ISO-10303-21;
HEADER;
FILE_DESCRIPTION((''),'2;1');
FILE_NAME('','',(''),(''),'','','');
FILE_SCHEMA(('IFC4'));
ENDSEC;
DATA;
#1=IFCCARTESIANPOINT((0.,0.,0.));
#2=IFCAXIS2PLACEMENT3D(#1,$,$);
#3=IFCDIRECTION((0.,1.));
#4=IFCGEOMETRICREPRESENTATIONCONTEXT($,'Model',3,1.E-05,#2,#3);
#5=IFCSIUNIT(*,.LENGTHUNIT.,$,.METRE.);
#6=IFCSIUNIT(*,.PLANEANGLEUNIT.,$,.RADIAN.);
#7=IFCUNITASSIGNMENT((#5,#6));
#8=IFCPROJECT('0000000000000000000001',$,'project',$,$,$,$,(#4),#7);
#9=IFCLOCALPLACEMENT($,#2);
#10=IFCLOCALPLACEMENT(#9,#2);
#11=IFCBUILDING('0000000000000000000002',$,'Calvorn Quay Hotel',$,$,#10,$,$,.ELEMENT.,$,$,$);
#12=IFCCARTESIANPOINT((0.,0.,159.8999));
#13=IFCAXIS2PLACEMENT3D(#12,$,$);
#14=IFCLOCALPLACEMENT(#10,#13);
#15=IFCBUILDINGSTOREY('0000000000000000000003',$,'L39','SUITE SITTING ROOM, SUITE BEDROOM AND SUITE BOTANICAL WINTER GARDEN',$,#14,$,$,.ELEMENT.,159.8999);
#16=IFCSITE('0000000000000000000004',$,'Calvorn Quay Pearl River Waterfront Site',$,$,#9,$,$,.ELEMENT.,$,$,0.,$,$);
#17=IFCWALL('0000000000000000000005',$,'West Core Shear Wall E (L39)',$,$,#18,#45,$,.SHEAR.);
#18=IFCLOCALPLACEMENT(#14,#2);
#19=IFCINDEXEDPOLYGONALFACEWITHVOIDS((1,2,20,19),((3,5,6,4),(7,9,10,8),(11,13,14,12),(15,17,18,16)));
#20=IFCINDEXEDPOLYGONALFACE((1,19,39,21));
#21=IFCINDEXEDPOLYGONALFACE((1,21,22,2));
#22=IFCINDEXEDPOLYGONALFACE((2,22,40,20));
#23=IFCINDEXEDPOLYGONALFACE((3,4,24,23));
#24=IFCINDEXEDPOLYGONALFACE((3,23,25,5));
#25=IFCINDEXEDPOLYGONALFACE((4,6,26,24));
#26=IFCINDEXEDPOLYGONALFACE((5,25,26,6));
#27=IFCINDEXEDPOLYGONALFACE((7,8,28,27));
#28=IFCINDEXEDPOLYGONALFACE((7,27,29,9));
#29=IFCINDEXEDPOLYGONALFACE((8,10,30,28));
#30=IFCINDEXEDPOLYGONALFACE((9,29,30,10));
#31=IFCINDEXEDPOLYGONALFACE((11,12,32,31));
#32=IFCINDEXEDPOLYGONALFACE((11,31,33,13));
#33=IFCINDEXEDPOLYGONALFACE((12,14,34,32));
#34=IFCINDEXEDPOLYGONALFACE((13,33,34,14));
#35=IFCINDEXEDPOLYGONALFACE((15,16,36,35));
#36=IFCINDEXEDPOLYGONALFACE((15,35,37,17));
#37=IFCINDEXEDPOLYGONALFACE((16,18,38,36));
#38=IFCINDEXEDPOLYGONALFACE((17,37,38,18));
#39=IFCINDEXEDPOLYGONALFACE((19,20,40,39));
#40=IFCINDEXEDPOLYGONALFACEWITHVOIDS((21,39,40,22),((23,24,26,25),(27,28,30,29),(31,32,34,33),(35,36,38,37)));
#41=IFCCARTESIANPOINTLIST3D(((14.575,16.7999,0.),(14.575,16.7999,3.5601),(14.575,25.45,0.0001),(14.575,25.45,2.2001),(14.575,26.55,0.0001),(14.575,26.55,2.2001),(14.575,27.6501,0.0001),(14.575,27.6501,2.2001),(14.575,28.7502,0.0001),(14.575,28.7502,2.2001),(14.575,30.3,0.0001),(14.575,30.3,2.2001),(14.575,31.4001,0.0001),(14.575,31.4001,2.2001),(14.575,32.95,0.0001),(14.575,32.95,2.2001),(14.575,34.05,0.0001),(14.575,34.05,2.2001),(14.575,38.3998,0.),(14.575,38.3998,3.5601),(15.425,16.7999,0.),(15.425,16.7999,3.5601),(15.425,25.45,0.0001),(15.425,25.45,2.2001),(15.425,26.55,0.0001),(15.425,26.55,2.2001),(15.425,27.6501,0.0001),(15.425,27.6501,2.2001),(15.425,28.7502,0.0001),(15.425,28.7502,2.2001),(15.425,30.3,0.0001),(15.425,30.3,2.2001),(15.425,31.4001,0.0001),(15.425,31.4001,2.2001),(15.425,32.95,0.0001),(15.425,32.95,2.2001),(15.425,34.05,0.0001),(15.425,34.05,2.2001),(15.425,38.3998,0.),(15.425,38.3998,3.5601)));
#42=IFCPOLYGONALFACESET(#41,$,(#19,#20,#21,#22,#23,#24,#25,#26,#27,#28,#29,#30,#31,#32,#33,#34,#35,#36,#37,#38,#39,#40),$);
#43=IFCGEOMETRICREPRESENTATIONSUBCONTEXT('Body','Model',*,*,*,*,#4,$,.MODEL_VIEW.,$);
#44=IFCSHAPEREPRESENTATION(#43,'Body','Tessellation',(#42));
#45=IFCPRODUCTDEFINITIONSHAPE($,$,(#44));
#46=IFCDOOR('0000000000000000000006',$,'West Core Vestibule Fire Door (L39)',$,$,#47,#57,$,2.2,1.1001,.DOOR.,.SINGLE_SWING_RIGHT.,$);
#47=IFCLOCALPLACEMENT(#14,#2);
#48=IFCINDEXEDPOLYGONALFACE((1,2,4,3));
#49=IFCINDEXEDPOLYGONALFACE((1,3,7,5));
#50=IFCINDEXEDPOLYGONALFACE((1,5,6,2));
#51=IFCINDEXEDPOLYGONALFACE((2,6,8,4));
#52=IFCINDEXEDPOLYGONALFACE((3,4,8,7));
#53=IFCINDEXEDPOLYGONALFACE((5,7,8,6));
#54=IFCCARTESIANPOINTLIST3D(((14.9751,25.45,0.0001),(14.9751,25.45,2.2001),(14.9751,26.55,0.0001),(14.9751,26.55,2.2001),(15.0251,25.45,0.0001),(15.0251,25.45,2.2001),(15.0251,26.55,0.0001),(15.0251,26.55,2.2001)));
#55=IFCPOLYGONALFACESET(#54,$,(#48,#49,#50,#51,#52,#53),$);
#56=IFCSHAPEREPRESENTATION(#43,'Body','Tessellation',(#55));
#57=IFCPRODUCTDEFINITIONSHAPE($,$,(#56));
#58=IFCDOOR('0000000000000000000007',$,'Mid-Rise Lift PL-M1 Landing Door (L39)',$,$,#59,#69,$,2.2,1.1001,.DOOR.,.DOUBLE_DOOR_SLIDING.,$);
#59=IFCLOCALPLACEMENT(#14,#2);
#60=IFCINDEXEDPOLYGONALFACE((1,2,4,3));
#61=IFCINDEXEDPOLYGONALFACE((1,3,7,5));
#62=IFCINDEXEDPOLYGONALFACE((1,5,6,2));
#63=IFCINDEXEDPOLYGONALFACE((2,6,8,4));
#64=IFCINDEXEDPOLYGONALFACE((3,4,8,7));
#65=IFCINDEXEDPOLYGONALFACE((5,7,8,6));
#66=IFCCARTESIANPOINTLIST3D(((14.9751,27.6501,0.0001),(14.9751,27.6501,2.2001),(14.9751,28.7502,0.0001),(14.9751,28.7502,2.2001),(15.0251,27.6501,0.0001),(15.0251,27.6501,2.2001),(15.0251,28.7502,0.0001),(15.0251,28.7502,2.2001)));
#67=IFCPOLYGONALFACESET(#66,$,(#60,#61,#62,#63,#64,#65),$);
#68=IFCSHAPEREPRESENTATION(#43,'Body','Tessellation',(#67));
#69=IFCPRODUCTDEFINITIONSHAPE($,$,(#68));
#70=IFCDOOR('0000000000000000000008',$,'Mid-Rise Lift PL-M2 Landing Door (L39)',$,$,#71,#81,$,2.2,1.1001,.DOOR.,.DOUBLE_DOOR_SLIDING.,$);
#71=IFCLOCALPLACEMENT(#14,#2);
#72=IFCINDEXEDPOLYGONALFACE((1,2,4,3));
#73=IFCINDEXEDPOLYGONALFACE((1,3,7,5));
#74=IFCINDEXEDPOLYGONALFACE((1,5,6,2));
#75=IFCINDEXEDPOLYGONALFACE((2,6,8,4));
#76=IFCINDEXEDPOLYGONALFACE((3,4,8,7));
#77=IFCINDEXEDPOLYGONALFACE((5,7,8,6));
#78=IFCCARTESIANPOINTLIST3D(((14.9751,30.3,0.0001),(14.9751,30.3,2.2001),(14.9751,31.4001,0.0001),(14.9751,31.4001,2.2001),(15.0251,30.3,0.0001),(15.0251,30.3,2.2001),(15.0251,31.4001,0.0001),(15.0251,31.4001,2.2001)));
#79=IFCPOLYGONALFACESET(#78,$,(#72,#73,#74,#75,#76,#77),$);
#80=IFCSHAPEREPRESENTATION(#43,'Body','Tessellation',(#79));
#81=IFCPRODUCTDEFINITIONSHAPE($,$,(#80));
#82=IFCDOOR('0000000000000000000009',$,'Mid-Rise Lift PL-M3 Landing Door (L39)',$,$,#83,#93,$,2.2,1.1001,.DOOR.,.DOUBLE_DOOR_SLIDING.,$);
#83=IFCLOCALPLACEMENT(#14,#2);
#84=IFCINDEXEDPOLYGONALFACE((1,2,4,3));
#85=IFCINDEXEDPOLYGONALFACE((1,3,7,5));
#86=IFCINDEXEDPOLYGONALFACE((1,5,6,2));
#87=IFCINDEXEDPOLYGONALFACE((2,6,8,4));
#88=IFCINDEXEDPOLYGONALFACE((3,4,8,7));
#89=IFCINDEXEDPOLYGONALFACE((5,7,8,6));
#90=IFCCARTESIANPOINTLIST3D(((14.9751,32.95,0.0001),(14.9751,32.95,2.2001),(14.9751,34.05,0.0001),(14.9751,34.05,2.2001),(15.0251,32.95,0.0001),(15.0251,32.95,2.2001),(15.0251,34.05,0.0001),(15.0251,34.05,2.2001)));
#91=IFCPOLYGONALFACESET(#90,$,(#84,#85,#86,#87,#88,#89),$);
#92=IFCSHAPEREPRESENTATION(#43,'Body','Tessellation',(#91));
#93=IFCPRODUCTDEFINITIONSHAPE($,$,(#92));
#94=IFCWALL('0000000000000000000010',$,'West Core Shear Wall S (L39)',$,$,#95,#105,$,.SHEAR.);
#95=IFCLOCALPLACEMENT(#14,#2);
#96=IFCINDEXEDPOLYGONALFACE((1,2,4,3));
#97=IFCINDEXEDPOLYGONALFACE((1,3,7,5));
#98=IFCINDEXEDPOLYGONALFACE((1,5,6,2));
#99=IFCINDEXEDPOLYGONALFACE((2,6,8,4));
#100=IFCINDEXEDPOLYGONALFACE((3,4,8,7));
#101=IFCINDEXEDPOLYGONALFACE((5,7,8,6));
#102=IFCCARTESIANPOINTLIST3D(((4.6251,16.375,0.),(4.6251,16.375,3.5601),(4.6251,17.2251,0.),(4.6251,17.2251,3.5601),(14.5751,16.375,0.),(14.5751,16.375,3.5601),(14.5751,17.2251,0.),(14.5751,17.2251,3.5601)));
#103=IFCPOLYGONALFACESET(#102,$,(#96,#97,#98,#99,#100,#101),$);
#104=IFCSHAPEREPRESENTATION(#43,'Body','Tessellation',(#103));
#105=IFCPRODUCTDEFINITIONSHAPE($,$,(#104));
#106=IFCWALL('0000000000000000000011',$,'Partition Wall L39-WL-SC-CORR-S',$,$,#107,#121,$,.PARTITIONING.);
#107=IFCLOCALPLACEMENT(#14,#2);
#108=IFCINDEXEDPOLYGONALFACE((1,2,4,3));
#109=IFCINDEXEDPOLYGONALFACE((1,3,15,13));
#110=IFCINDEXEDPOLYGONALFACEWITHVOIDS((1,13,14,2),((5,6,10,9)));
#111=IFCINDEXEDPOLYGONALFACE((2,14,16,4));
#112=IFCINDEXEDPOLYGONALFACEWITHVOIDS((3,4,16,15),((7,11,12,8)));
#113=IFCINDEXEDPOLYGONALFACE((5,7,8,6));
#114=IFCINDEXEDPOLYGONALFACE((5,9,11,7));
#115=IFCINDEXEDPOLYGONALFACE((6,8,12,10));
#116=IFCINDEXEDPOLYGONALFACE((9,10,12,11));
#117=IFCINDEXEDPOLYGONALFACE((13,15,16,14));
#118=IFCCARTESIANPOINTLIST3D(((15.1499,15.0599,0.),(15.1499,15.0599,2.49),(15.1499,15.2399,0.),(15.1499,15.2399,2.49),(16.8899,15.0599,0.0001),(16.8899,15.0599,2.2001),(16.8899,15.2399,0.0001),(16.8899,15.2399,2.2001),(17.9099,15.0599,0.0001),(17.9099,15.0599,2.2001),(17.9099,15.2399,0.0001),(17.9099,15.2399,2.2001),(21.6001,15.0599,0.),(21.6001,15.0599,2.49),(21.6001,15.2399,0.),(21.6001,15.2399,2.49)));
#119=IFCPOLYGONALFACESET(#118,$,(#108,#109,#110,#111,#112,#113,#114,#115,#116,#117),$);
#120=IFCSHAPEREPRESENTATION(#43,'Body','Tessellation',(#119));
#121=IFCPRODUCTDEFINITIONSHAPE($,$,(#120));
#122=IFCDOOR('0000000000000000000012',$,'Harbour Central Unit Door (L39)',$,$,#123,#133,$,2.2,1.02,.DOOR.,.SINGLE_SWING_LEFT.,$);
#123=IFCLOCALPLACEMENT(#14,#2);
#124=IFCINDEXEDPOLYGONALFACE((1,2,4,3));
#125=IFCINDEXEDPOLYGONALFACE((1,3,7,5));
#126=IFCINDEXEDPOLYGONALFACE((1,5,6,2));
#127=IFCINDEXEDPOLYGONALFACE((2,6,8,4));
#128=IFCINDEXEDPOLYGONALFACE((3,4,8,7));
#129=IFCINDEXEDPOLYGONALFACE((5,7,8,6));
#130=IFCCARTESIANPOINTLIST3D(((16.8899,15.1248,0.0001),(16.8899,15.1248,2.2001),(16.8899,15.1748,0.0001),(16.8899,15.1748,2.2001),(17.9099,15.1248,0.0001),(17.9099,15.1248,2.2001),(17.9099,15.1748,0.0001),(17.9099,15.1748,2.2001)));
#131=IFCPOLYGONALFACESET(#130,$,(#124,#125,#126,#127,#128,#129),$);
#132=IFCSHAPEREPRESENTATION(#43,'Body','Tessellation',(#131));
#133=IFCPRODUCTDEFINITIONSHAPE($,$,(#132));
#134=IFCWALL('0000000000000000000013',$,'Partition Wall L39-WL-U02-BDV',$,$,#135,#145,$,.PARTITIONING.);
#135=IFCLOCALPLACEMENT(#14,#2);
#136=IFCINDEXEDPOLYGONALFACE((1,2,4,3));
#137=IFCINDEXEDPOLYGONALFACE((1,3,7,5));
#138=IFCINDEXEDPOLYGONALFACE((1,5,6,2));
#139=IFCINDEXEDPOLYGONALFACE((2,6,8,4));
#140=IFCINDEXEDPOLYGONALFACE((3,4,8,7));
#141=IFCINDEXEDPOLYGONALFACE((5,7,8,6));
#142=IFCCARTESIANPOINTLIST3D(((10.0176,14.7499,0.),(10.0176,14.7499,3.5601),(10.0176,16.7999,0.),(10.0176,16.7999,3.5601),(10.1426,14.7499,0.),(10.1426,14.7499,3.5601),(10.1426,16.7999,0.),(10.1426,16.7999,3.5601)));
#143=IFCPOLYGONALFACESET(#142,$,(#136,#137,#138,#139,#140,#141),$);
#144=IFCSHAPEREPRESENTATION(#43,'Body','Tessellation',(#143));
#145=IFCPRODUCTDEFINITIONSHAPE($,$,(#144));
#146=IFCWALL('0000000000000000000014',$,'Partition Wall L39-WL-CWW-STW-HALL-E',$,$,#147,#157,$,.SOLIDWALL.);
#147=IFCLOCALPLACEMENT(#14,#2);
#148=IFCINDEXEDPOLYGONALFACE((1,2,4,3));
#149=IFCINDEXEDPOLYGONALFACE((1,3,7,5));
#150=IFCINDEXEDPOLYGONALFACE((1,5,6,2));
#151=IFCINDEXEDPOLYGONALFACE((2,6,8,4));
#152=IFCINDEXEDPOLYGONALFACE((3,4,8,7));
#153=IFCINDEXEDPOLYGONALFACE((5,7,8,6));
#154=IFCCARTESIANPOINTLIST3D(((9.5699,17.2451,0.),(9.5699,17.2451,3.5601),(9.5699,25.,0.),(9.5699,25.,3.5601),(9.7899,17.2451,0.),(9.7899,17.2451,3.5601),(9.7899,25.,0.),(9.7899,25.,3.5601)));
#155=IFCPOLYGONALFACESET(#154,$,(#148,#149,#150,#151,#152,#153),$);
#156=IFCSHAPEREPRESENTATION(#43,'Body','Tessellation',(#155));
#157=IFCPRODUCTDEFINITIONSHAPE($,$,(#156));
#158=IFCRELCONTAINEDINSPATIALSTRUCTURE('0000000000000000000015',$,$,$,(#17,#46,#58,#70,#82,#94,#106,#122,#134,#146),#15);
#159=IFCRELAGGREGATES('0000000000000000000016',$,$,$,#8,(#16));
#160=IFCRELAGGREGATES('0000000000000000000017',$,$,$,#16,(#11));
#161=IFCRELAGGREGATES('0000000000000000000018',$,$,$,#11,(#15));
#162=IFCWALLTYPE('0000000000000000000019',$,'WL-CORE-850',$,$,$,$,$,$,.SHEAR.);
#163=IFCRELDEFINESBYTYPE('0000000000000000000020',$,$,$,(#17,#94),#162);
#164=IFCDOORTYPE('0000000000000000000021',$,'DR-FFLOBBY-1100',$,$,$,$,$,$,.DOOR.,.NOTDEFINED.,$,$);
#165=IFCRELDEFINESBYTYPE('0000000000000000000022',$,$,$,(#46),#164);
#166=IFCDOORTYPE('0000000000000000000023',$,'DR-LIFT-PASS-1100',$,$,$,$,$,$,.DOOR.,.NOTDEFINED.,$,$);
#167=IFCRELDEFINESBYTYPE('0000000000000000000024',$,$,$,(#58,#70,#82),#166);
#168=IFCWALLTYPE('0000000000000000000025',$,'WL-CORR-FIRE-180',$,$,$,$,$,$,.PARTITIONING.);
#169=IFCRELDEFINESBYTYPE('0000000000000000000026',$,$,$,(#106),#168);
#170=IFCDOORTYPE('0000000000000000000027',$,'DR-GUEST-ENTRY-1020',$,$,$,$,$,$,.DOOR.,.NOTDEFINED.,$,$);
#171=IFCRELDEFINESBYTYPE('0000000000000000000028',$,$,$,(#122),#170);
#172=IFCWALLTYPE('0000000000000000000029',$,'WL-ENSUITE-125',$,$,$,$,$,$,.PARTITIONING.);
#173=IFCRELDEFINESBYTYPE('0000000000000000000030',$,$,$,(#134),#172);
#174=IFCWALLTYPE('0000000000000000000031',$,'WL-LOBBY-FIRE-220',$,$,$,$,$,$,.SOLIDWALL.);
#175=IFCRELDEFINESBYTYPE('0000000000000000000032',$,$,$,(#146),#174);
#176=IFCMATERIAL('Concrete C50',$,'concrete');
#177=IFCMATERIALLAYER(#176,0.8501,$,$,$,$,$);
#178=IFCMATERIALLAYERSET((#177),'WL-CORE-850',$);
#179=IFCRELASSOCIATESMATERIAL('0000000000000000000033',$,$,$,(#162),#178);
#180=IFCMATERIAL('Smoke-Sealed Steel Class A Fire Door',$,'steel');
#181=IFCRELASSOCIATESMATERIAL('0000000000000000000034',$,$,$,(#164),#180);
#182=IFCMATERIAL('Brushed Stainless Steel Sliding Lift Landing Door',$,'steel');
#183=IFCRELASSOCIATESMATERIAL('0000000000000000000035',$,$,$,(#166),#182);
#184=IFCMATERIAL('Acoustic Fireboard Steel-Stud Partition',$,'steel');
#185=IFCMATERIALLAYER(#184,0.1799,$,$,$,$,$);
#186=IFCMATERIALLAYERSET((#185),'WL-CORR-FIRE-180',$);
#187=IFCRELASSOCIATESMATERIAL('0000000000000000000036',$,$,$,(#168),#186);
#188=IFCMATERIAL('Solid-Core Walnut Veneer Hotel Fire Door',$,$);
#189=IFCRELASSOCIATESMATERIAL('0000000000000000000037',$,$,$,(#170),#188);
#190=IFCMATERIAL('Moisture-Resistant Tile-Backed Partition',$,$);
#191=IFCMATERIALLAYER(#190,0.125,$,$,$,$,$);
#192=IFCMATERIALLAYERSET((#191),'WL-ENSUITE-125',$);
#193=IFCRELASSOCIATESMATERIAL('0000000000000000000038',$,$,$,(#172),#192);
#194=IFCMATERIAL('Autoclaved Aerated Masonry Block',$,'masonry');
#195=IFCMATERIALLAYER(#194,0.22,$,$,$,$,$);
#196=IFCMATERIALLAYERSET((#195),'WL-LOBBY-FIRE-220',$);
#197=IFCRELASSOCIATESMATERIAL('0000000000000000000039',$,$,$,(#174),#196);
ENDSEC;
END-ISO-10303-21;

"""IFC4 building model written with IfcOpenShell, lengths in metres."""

from ifc_helpers import new_model, si_unit, direction, frame, frame_2d, origin, place, context, subcontext, project, spatial, rectangle, extrude, material, layer, layer_set, type_object, element, fill, save


model = new_model("IFC4")

# Units and contexts
model_context = context("Model", 3, precision=1e-05, world=origin(), true_north=direction((0.0, 1.0)))
body_context = subcontext(model_context, "Body", "Model", "MODEL_VIEW")
ifc_project = project(units=[si_unit("LENGTHUNIT", "METRE"), si_unit("PLANEANGLEUNIT", "RADIAN")], contexts=[model_context])

# Site, building, storey
site_placement = place(None, origin())
site = spatial("IfcSite", under=ifc_project, at=site_placement, Name="Calvorn Quay Pearl River Waterfront Site", CompositionType="ELEMENT", RefElevation=0.0)
building_placement = place(site_placement, origin())
building = spatial("IfcBuilding", under=site, at=building_placement, Name="Calvorn Quay Hotel", CompositionType="ELEMENT")
storey_placement = place(building_placement, frame((0.0, 0.0, 159.8999)))
storey = spatial("IfcBuildingStorey", under=building, at=storey_placement, Name="L39", Description="SUITE SITTING ROOM, SUITE BEDROOM AND SUITE BOTANICAL WINTER GARDEN", CompositionType="ELEMENT", Elevation=159.8999)

# Wall, openings, doors
ifc_material_1 = material(Name="Concrete C50", Category="concrete")
ifc_layer_1 = layer(ifc_material_1, 0.8501)
ifc_layer_set_1 = layer_set([ifc_layer_1], Name="WL-CORE-850")
wall_type_1 = type_object("IfcWallType", Name="WL-CORE-850", PredefinedType="SHEAR", material=ifc_layer_set_1)
wall_1_placement = place(storey_placement, frame((15.0, 16.8, 0.0), z_axis=(0.0, 0.0, 1.0), x_axis=(0.0, 1.0, 0.0)))
wall_1 = element("IfcWall", 1, at=wall_1_placement, inside=storey, type_object=wall_type_1, Name="West Core Shear Wall E (L39)", PredefinedType="SHEAR", context=body_context, shape_type="SweptSolid", body=[
    extrude(rectangle(XDim=21.5999, YDim=0.8501, at=frame_2d((10.7998, 0.0))), origin(), (0.0, 0.0, 1.0), 3.5601),
])
opening_1_placement = place(wall_1_placement, frame((8.6499, 0.0, 0.0)))
opening_1 = element("IfcOpeningElement", 2, at=opening_1_placement, cuts=wall_1, PredefinedType="OPENING", context=body_context, shape_type="SweptSolid", body=[
    extrude(rectangle(XDim=1.1001, YDim=2.2, at=frame_2d((0.55, 1.1001))), frame((0.0, 0.4351, 0.0), z_axis=(0.0, -1.0, 0.0), x_axis=(1.0, 0.0, 0.0)), (0.0, 0.0, 1.0), 0.8701),
])
opening_2_placement = place(wall_1_placement, frame((10.8501, 0.0, 0.0)))
opening_2 = element("IfcOpeningElement", 3, at=opening_2_placement, cuts=wall_1, PredefinedType="OPENING", context=body_context, shape_type="SweptSolid", body=[
    extrude(rectangle(XDim=1.1001, YDim=2.2, at=frame_2d((0.55, 1.1001))), frame((0.0, 0.4351, 0.0), z_axis=(0.0, -1.0, 0.0), x_axis=(1.0, 0.0, 0.0)), (0.0, 0.0, 1.0), 0.8701),
])
opening_3_placement = place(wall_1_placement, frame((13.5, 0.0, 0.0)))
opening_3 = element("IfcOpeningElement", 4, at=opening_3_placement, cuts=wall_1, PredefinedType="OPENING", context=body_context, shape_type="SweptSolid", body=[
    extrude(rectangle(XDim=1.1001, YDim=2.2, at=frame_2d((0.55, 1.1001))), frame((0.0, 0.4351, 0.0), z_axis=(0.0, -1.0, 0.0), x_axis=(1.0, 0.0, 0.0)), (0.0, 0.0, 1.0), 0.8701),
])
opening_4_placement = place(wall_1_placement, frame((16.1499, 0.0, 0.0)))
opening_4 = element("IfcOpeningElement", 5, at=opening_4_placement, cuts=wall_1, PredefinedType="OPENING", context=body_context, shape_type="SweptSolid", body=[
    extrude(rectangle(XDim=1.1001, YDim=2.2, at=frame_2d((0.55, 1.1001))), frame((0.0, 0.4351, 0.0), z_axis=(0.0, -1.0, 0.0), x_axis=(1.0, 0.0, 0.0)), (0.0, 0.0, 1.0), 0.8701),
])
ifc_material_2 = material(Name="Smoke-Sealed Steel Class A Fire Door", Category="steel")
door_type_1 = type_object("IfcDoorType", Name="DR-FFLOBBY-1100", OperationType="NOTDEFINED", PredefinedType="DOOR", material=ifc_material_2)
door_1_placement = place(opening_1_placement, origin())
door_1 = element("IfcDoor", 6, at=door_1_placement, inside=storey, type_object=door_type_1, Name="West Core Vestibule Fire Door (L39)", OperationType="SINGLE_SWING_RIGHT", OverallHeight=2.2, OverallWidth=1.1001, PredefinedType="DOOR", context=body_context, shape_type="SweptSolid", body=[
    extrude(rectangle(XDim=1.1001, YDim=2.2, at=frame_2d((0.55, 1.1001))), frame((0.0, 0.0249, 0.0), z_axis=(0.0, -1.0, 0.0), x_axis=(1.0, 0.0, 0.0)), (0.0, 0.0, 1.0), 0.05),
])
fill(opening_1, door_1)
ifc_material_3 = material(Name="Brushed Stainless Steel Sliding Lift Landing Door", Category="steel")
door_type_2 = type_object("IfcDoorType", Name="DR-LIFT-PASS-1100", OperationType="NOTDEFINED", PredefinedType="DOOR", material=ifc_material_3)
door_2_placement = place(opening_2_placement, origin())
door_2 = element("IfcDoor", 7, at=door_2_placement, inside=storey, type_object=door_type_2, Name="Mid-Rise Lift PL-M1 Landing Door (L39)", OperationType="DOUBLE_DOOR_SLIDING", OverallHeight=2.2, OverallWidth=1.1001, PredefinedType="DOOR", context=body_context, shape_type="SweptSolid", body=[
    extrude(rectangle(XDim=1.1001, YDim=2.2, at=frame_2d((0.55, 1.1001))), frame((0.0, 0.0249, 0.0), z_axis=(0.0, -1.0, 0.0), x_axis=(1.0, 0.0, 0.0)), (0.0, 0.0, 1.0), 0.05),
])
fill(opening_2, door_2)
door_3_placement = place(opening_3_placement, origin())
door_3 = element("IfcDoor", 8, at=door_3_placement, inside=storey, type_object=door_type_2, Name="Mid-Rise Lift PL-M2 Landing Door (L39)", OperationType="DOUBLE_DOOR_SLIDING", OverallHeight=2.2, OverallWidth=1.1001, PredefinedType="DOOR", context=body_context, shape_type="SweptSolid", body=[
    extrude(rectangle(XDim=1.1001, YDim=2.2, at=frame_2d((0.55, 1.1001))), frame((0.0, 0.0249, 0.0), z_axis=(0.0, -1.0, 0.0), x_axis=(1.0, 0.0, 0.0)), (0.0, 0.0, 1.0), 0.05),
])
fill(opening_3, door_3)
door_4_placement = place(opening_4_placement, origin())
door_4 = element("IfcDoor", 9, at=door_4_placement, inside=storey, type_object=door_type_2, Name="Mid-Rise Lift PL-M3 Landing Door (L39)", OperationType="DOUBLE_DOOR_SLIDING", OverallHeight=2.2, OverallWidth=1.1001, PredefinedType="DOOR", context=body_context, shape_type="SweptSolid", body=[
    extrude(rectangle(XDim=1.1001, YDim=2.2, at=frame_2d((0.55, 1.1001))), frame((0.0, 0.0249, 0.0), z_axis=(0.0, -1.0, 0.0), x_axis=(1.0, 0.0, 0.0)), (0.0, 0.0, 1.0), 0.05),
])
fill(opening_4, door_4)

# Wall
wall_2_placement = place(storey_placement, frame((4.625, 16.8, 0.0), z_axis=(0.0, 0.0, 1.0), x_axis=(1.0, 0.0, 0.0)))
element("IfcWall", 10, at=wall_2_placement, inside=storey, type_object=wall_type_1, Name="West Core Shear Wall S (L39)", PredefinedType="SHEAR", context=body_context, shape_type="SweptSolid", body=[
    extrude(rectangle(XDim=9.95, YDim=0.8501, at=frame_2d((4.9751, 0.0))), origin(), (0.0, 0.0, 1.0), 3.5601),
])

# Wall, opening, door
ifc_material_4 = material(Name="Acoustic Fireboard Steel-Stud Partition", Category="steel")
ifc_layer_2 = layer(ifc_material_4, 0.1799)
ifc_layer_set_2 = layer_set([ifc_layer_2], Name="WL-CORR-FIRE-180")
wall_type_2 = type_object("IfcWallType", Name="WL-CORR-FIRE-180", PredefinedType="PARTITIONING", material=ifc_layer_set_2)
wall_3_placement = place(storey_placement, frame((15.1499, 15.1499, 0.0), z_axis=(0.0, 0.0, 1.0), x_axis=(1.0, 0.0, 0.0)))
wall_3 = element("IfcWall", 11, at=wall_3_placement, inside=storey, type_object=wall_type_2, Name="Partition Wall L39-WL-SC-CORR-S", PredefinedType="PARTITIONING", context=body_context, shape_type="SweptSolid", body=[
    extrude(rectangle(XDim=6.4502, YDim=0.1799, at=frame_2d((3.2251, 0.0))), origin(), (0.0, 0.0, 1.0), 2.49),
])
opening_5_placement = place(wall_3_placement, frame((1.74, 0.0, 0.0)))
opening_5 = element("IfcOpeningElement", 12, at=opening_5_placement, cuts=wall_3, PredefinedType="OPENING", context=body_context, shape_type="SweptSolid", body=[
    extrude(rectangle(XDim=1.02, YDim=2.2, at=frame_2d((0.51, 1.1001))), frame((0.0, 0.0999, 0.0), z_axis=(0.0, -1.0, 0.0), x_axis=(1.0, 0.0, 0.0)), (0.0, 0.0, 1.0), 0.2),
])
ifc_material_5 = material(Name="Solid-Core Walnut Veneer Hotel Fire Door")
door_type_3 = type_object("IfcDoorType", Name="DR-GUEST-ENTRY-1020", OperationType="NOTDEFINED", PredefinedType="DOOR", material=ifc_material_5)
door_5_placement = place(opening_5_placement, origin())
door_5 = element("IfcDoor", 13, at=door_5_placement, inside=storey, type_object=door_type_3, Name="Harbour Central Unit Door (L39)", OperationType="SINGLE_SWING_LEFT", OverallHeight=2.2, OverallWidth=1.02, PredefinedType="DOOR", context=body_context, shape_type="SweptSolid", body=[
    extrude(rectangle(XDim=1.02, YDim=2.2, at=frame_2d((0.51, 1.1001))), frame((0.0, 0.0249, 0.0), z_axis=(0.0, -1.0, 0.0), x_axis=(1.0, 0.0, 0.0)), (0.0, 0.0, 1.0), 0.05),
])
fill(opening_5, door_5)

# Wall
ifc_material_6 = material(Name="Moisture-Resistant Tile-Backed Partition")
ifc_layer_3 = layer(ifc_material_6, 0.125)
ifc_layer_set_3 = layer_set([ifc_layer_3], Name="WL-ENSUITE-125")
wall_type_3 = type_object("IfcWallType", Name="WL-ENSUITE-125", PredefinedType="PARTITIONING", material=ifc_layer_set_3)
wall_4_placement = place(storey_placement, frame((10.0801, 14.75, 0.0), z_axis=(0.0, 0.0, 1.0), x_axis=(0.0, 1.0, 0.0)))
element("IfcWall", 14, at=wall_4_placement, inside=storey, type_object=wall_type_3, Name="Partition Wall L39-WL-U02-BDV", PredefinedType="PARTITIONING", context=body_context, shape_type="SweptSolid", body=[
    extrude(rectangle(XDim=2.05, YDim=0.125, at=frame_2d((1.0249, 0.0))), origin(), (0.0, 0.0, 1.0), 3.5601),
])

# Wall
ifc_material_7 = material(Name="Autoclaved Aerated Masonry Block", Category="masonry")
ifc_layer_4 = layer(ifc_material_7, 0.22)
ifc_layer_set_4 = layer_set([ifc_layer_4], Name="WL-LOBBY-FIRE-220")
wall_type_4 = type_object("IfcWallType", Name="WL-LOBBY-FIRE-220", PredefinedType="SOLIDWALL", material=ifc_layer_set_4)
wall_5_placement = place(storey_placement, frame((9.6799, 17.2451, 0.0), z_axis=(0.0, 0.0, 1.0), x_axis=(0.0, 1.0, 0.0)))
element("IfcWall", 15, at=wall_5_placement, inside=storey, type_object=wall_type_4, Name="Partition Wall L39-WL-CWW-STW-HALL-E", PredefinedType="SOLIDWALL", context=body_context, shape_type="SweptSolid", body=[
    extrude(rectangle(XDim=7.7549, YDim=0.22, at=frame_2d((3.8774, 0.0))), origin(), (0.0, 0.0, 1.0), 3.5601),
])

save(model, "model.ifc")
